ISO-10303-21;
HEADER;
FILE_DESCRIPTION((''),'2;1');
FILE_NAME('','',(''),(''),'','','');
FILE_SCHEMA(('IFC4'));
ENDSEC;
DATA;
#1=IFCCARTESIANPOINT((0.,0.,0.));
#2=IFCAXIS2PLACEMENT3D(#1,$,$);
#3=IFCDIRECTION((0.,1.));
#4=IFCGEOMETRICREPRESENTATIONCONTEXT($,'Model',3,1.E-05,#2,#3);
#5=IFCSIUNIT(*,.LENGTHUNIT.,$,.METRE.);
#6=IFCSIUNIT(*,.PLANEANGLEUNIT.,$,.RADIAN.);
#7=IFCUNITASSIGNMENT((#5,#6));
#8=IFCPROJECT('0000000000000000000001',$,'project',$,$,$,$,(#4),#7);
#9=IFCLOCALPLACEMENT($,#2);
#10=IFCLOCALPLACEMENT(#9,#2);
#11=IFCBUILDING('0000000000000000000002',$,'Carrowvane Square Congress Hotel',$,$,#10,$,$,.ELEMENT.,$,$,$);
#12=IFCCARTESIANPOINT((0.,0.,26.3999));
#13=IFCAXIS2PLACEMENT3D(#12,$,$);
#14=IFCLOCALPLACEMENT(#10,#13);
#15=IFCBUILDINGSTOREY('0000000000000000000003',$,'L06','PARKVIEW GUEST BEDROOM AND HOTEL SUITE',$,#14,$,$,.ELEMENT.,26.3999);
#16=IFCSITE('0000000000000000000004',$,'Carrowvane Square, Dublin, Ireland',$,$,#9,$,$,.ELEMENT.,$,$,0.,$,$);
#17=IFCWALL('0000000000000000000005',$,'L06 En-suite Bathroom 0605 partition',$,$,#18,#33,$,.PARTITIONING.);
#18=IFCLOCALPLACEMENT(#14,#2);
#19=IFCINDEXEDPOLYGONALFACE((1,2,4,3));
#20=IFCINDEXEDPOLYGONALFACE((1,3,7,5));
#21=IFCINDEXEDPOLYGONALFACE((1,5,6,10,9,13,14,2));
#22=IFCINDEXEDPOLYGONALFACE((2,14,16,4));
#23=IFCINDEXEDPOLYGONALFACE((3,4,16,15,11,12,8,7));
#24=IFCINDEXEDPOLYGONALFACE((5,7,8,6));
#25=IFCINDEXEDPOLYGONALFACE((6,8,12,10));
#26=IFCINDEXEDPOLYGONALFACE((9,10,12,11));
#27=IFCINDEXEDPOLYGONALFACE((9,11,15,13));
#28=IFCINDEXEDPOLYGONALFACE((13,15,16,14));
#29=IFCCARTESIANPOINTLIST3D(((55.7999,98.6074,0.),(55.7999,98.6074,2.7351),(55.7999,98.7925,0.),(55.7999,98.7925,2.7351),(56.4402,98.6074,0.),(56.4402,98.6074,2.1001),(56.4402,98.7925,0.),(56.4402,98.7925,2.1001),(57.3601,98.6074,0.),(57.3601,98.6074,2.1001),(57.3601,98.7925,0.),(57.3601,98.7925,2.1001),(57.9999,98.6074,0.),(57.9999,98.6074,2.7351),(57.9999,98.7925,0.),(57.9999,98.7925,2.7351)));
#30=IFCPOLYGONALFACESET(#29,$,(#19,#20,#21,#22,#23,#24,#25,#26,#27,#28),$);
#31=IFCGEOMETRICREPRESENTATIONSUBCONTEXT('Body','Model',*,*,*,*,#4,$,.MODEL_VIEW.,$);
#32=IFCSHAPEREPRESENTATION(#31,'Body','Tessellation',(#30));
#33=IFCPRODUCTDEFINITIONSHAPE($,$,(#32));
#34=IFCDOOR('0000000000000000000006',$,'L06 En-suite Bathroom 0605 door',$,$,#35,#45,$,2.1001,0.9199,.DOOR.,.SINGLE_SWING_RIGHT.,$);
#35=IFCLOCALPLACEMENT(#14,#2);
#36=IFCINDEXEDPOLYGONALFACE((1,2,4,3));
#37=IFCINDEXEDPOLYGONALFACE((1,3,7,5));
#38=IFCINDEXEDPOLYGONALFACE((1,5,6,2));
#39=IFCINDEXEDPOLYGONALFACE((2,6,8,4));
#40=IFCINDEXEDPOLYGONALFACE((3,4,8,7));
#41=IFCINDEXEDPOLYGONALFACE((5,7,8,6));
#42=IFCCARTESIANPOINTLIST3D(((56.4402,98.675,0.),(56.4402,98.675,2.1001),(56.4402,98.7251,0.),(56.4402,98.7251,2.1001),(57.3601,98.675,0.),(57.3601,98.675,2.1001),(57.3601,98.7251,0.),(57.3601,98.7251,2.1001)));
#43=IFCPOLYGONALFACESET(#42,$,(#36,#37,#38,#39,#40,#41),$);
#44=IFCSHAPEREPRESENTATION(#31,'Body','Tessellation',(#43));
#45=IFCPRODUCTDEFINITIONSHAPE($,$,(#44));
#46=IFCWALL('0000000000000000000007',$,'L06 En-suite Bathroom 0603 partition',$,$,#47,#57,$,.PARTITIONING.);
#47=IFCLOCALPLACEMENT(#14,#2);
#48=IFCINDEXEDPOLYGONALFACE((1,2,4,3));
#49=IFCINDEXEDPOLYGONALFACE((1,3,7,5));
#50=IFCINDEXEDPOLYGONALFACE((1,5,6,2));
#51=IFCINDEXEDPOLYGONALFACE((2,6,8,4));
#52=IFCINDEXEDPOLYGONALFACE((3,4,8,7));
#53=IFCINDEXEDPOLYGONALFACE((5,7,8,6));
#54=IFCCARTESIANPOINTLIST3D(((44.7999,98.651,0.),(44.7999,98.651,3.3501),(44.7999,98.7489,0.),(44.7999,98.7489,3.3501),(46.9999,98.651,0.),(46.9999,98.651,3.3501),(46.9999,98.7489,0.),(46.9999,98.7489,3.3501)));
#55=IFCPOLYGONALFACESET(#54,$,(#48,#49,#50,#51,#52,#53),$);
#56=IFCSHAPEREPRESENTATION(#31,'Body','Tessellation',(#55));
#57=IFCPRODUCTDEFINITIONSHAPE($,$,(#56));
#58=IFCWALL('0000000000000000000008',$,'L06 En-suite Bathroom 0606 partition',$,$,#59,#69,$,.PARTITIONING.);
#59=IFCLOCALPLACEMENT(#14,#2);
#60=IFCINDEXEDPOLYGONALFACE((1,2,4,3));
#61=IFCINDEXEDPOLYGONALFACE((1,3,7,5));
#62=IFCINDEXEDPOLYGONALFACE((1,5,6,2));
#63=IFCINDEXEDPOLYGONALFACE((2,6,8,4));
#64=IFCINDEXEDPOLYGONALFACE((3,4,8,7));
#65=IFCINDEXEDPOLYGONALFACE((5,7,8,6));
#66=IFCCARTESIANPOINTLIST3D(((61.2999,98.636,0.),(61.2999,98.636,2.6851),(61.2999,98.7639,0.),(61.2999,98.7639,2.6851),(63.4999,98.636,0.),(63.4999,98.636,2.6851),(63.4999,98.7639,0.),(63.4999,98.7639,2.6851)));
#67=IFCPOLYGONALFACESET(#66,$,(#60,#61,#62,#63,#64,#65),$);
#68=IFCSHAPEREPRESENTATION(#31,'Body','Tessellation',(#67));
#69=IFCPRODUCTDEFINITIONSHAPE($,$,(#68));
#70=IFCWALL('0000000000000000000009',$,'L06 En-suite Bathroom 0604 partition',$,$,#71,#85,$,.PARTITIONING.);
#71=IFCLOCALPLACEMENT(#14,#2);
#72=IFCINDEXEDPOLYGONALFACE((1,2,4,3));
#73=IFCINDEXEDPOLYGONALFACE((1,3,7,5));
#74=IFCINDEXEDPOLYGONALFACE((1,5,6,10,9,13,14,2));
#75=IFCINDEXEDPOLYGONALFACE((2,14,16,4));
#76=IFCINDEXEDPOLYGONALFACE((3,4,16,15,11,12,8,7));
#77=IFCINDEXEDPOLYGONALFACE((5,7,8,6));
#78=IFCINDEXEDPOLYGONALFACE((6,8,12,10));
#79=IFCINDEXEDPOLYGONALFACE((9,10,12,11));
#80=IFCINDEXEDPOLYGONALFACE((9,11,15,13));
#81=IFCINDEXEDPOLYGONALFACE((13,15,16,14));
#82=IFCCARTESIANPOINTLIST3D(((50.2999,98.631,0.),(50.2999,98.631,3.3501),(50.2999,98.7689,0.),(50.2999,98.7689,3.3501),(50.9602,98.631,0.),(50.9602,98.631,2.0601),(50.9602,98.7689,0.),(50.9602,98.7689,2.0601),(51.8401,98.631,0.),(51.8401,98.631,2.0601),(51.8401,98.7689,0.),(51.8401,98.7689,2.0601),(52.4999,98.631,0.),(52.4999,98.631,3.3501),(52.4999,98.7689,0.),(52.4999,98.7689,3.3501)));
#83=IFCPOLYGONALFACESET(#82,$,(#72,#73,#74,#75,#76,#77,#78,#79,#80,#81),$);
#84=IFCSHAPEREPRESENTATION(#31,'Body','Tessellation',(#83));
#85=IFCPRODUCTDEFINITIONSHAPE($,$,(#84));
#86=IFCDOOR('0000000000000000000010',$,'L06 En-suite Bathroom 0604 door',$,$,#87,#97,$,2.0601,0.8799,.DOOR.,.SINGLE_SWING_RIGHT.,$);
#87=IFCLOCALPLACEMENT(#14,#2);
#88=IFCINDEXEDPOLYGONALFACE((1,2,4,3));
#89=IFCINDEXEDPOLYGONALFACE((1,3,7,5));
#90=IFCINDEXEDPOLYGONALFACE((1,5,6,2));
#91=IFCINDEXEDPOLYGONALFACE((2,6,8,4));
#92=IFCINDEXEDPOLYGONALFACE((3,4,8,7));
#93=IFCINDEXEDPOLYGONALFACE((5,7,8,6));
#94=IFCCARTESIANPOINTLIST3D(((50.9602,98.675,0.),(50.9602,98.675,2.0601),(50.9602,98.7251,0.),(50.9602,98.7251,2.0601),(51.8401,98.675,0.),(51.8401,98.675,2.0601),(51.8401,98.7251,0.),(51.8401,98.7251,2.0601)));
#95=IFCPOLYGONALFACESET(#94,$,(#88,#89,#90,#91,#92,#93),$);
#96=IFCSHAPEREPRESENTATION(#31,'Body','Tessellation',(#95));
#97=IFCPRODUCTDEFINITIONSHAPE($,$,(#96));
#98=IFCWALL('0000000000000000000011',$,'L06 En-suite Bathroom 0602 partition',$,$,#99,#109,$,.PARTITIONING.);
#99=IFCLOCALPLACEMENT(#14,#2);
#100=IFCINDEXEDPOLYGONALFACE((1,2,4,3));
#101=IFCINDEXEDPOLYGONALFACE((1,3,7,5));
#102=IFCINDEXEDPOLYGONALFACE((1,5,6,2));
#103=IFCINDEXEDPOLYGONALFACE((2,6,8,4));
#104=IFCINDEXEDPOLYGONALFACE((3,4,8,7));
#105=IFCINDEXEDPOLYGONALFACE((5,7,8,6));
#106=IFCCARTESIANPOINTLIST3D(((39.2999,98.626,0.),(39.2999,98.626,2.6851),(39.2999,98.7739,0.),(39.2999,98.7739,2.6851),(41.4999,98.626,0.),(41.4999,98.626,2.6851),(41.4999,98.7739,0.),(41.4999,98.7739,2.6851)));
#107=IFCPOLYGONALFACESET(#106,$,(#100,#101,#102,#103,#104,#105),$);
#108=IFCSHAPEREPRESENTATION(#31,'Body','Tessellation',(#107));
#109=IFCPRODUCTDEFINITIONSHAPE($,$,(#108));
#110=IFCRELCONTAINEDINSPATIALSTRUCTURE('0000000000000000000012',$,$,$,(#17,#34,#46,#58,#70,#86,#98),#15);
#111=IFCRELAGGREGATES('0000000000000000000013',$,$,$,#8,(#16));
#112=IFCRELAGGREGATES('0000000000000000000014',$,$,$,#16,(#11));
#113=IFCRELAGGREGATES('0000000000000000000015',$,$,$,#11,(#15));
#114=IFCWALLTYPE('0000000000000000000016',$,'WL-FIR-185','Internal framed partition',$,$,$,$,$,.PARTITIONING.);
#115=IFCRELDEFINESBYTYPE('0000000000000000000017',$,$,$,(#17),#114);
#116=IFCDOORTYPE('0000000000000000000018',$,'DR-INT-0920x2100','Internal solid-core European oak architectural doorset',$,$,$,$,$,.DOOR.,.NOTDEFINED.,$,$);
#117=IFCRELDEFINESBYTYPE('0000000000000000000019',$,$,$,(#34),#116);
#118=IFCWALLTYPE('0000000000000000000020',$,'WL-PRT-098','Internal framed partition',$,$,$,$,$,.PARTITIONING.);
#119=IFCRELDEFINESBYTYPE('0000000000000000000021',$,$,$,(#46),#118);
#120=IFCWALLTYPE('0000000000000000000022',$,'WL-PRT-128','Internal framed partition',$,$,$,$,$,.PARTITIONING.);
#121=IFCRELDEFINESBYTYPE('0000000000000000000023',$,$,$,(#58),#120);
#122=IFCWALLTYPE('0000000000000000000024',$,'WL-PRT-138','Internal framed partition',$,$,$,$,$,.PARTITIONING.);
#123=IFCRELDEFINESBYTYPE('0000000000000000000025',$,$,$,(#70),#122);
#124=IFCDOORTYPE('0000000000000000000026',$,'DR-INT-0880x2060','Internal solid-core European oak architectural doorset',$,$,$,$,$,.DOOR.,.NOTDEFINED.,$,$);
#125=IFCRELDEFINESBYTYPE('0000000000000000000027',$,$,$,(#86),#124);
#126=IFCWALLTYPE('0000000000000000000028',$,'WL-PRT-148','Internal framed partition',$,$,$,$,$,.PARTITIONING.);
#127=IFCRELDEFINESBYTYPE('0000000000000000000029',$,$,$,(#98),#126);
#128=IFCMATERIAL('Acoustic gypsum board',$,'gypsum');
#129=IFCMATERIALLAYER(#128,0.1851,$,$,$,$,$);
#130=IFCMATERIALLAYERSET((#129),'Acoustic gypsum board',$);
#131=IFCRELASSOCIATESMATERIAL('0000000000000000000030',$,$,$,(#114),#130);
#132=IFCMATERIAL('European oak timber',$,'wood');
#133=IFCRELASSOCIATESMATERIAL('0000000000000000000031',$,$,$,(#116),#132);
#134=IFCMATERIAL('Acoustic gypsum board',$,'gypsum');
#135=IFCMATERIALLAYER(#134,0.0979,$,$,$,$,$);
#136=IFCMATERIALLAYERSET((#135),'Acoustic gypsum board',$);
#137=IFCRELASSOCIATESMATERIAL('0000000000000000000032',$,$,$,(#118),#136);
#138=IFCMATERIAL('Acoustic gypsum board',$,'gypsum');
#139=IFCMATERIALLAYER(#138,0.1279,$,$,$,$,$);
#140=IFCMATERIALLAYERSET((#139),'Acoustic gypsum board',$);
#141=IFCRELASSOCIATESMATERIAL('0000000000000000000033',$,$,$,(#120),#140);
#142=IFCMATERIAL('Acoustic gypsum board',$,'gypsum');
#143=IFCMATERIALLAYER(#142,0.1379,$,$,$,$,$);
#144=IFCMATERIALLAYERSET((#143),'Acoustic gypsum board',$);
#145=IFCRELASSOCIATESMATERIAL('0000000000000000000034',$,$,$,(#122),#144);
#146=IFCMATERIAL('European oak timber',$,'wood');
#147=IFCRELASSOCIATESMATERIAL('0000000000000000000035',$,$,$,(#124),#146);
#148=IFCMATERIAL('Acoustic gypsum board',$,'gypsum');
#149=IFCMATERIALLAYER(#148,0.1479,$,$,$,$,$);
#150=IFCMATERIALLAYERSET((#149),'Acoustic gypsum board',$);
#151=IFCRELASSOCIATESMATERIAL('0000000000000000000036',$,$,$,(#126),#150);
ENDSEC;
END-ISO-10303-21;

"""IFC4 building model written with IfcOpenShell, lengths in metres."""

from ifc_helpers import new_model, si_unit, direction, frame, frame_2d, origin, place, context, subcontext, project, spatial, rectangle, extrude, material, layer, layer_set, type_object, element, fill, save


model = new_model("IFC4")

# Units and contexts
model_context = context("Model", 3, precision=1e-05, world=origin(), true_north=direction((0.0, 1.0)))
body_context = subcontext(model_context, "Body", "Model", "MODEL_VIEW")
ifc_project = project(units=[si_unit("LENGTHUNIT", "METRE"), si_unit("PLANEANGLEUNIT", "RADIAN")], contexts=[model_context])

# Site, building, storey
site_placement = place(None, origin())
site = spatial("IfcSite", under=ifc_project, at=site_placement, Name="Carrowvane Square, Dublin, Ireland", CompositionType="ELEMENT", RefElevation=0.0)
building_placement = place(site_placement, origin())
building = spatial("IfcBuilding", under=site, at=building_placement, Name="Carrowvane Square Congress Hotel", CompositionType="ELEMENT")
storey_placement = place(building_placement, frame((0.0, 0.0, 26.3999)))
storey = spatial("IfcBuildingStorey", under=building, at=storey_placement, Name="L06", Description="PARKVIEW GUEST BEDROOM AND HOTEL SUITE", CompositionType="ELEMENT", Elevation=26.3999)

# Wall, opening, door
ifc_material_1 = material(Name="Acoustic gypsum board", Category="gypsum")
ifc_layer_1 = layer(ifc_material_1, 0.1851)
ifc_layer_set_1 = layer_set([ifc_layer_1], Name="Acoustic gypsum board")
wall_type_1 = type_object("IfcWallType", Name="WL-FIR-185", Description="Internal framed partition", PredefinedType="PARTITIONING", material=ifc_layer_set_1)
wall_1_placement = place(storey_placement, frame((58.0, 98.7, 0.0), z_axis=(0.0, 0.0, 1.0), x_axis=(-1.0, 0.0, 0.0)))
wall_1 = element("IfcWall", 1, at=wall_1_placement, inside=storey, type_object=wall_type_1, Name="L06 En-suite Bathroom 0605 partition", PredefinedType="PARTITIONING", context=body_context, shape_type="SweptSolid", body=[
    extrude(rectangle(XDim=2.2, YDim=0.1851, at=frame_2d((1.1001, 0.0))), origin(), (0.0, 0.0, 1.0), 2.7351),
])
opening_1_placement = place(wall_1_placement, frame((0.6399, 0.0, 0.0)))
opening_1 = element("IfcOpeningElement", 2, at=opening_1_placement, cuts=wall_1, PredefinedType="OPENING", context=body_context, shape_type="SweptSolid", body=[
    extrude(rectangle(XDim=0.9199, YDim=2.1001, at=frame_2d((0.46, 1.05))), frame((0.0, 0.1025, 0.0), z_axis=(0.0, -1.0, 0.0), x_axis=(1.0, 0.0, 0.0)), (0.0, 0.0, 1.0), 0.2051),
])
ifc_material_2 = material(Name="European oak timber", Category="wood")
door_type_1 = type_object("IfcDoorType", Name="DR-INT-0920x2100", Description="Internal solid-core European oak architectural doorset", OperationType="NOTDEFINED", PredefinedType="DOOR", material=ifc_material_2)
door_1_placement = place(opening_1_placement, origin())
door_1 = element("IfcDoor", 3, at=door_1_placement, inside=storey, type_object=door_type_1, Name="L06 En-suite Bathroom 0605 door", OperationType="SINGLE_SWING_RIGHT", OverallHeight=2.1001, OverallWidth=0.9199, PredefinedType="DOOR", context=body_context, shape_type="SweptSolid", body=[
    extrude(rectangle(XDim=0.9199, YDim=2.1001, at=frame_2d((0.46, 1.05))), frame((0.0, 0.0249, 0.0), z_axis=(0.0, -1.0, 0.0), x_axis=(1.0, 0.0, 0.0)), (0.0, 0.0, 1.0), 0.05),
])
fill(opening_1, door_1)

# Walls
ifc_material_3 = material(Name="Acoustic gypsum board", Category="gypsum")
ifc_layer_2 = layer(ifc_material_3, 0.0979)
ifc_layer_set_2 = layer_set([ifc_layer_2], Name="Acoustic gypsum board")
wall_type_2 = type_object("IfcWallType", Name="WL-PRT-098", Description="Internal framed partition", PredefinedType="PARTITIONING", material=ifc_layer_set_2)
wall_2_placement = place(storey_placement, frame((47.0, 98.7, 0.0), z_axis=(0.0, 0.0, 1.0), x_axis=(-1.0, 0.0, 0.0)))
element("IfcWall", 4, at=wall_2_placement, inside=storey, type_object=wall_type_2, Name="L06 En-suite Bathroom 0603 partition", PredefinedType="PARTITIONING", context=body_context, shape_type="SweptSolid", body=[
    extrude(rectangle(XDim=2.2, YDim=0.0979, at=frame_2d((1.1001, 0.0))), origin(), (0.0, 0.0, 1.0), 3.3501),
])
ifc_material_4 = material(Name="Acoustic gypsum board", Category="gypsum")
ifc_layer_3 = layer(ifc_material_4, 0.1279)
ifc_layer_set_3 = layer_set([ifc_layer_3], Name="Acoustic gypsum board")
wall_type_3 = type_object("IfcWallType", Name="WL-PRT-128", Description="Internal framed partition", PredefinedType="PARTITIONING", material=ifc_layer_set_3)
wall_3_placement = place(storey_placement, frame((63.5, 98.7, 0.0), z_axis=(0.0, 0.0, 1.0), x_axis=(-1.0, 0.0, 0.0)))
element("IfcWall", 5, at=wall_3_placement, inside=storey, type_object=wall_type_3, Name="L06 En-suite Bathroom 0606 partition", PredefinedType="PARTITIONING", context=body_context, shape_type="SweptSolid", body=[
    extrude(rectangle(XDim=2.2, YDim=0.1279, at=frame_2d((1.1001, 0.0))), origin(), (0.0, 0.0, 1.0), 2.6851),
])

# Wall, opening, door
ifc_material_5 = material(Name="Acoustic gypsum board", Category="gypsum")
ifc_layer_4 = layer(ifc_material_5, 0.1379)
ifc_layer_set_4 = layer_set([ifc_layer_4], Name="Acoustic gypsum board")
wall_type_4 = type_object("IfcWallType", Name="WL-PRT-138", Description="Internal framed partition", PredefinedType="PARTITIONING", material=ifc_layer_set_4)
wall_4_placement = place(storey_placement, frame((52.5, 98.7, 0.0), z_axis=(0.0, 0.0, 1.0), x_axis=(-1.0, 0.0, 0.0)))
wall_4 = element("IfcWall", 6, at=wall_4_placement, inside=storey, type_object=wall_type_4, Name="L06 En-suite Bathroom 0604 partition", PredefinedType="PARTITIONING", context=body_context, shape_type="SweptSolid", body=[
    extrude(rectangle(XDim=2.2, YDim=0.1379, at=frame_2d((1.1001, 0.0))), origin(), (0.0, 0.0, 1.0), 3.3501),
])
opening_2_placement = place(wall_4_placement, frame((0.6599, 0.0, 0.0)))
opening_2 = element("IfcOpeningElement", 7, at=opening_2_placement, cuts=wall_4, PredefinedType="OPENING", context=body_context, shape_type="SweptSolid", body=[
    extrude(rectangle(XDim=0.8799, YDim=2.0601, at=frame_2d((0.4399, 1.03))), frame((0.0, 0.0789, 0.0), z_axis=(0.0, -1.0, 0.0), x_axis=(1.0, 0.0, 0.0)), (0.0, 0.0, 1.0), 0.158),
])
ifc_material_6 = material(Name="European oak timber", Category="wood")
door_type_2 = type_object("IfcDoorType", Name="DR-INT-0880x2060", Description="Internal solid-core European oak architectural doorset", OperationType="NOTDEFINED", PredefinedType="DOOR", material=ifc_material_6)
door_2_placement = place(opening_2_placement, origin())
door_2 = element("IfcDoor", 8, at=door_2_placement, inside=storey, type_object=door_type_2, Name="L06 En-suite Bathroom 0604 door", OperationType="SINGLE_SWING_RIGHT", OverallHeight=2.0601, OverallWidth=0.8799, PredefinedType="DOOR", context=body_context, shape_type="SweptSolid", body=[
    extrude(rectangle(XDim=0.8799, YDim=2.0601, at=frame_2d((0.4399, 1.03))), frame((0.0, 0.0249, 0.0), z_axis=(0.0, -1.0, 0.0), x_axis=(1.0, 0.0, 0.0)), (0.0, 0.0, 1.0), 0.05),
])
fill(opening_2, door_2)

# Wall
ifc_material_7 = material(Name="Acoustic gypsum board", Category="gypsum")
ifc_layer_5 = layer(ifc_material_7, 0.1479)
ifc_layer_set_5 = layer_set([ifc_layer_5], Name="Acoustic gypsum board")
wall_type_5 = type_object("IfcWallType", Name="WL-PRT-148", Description="Internal framed partition", PredefinedType="PARTITIONING", material=ifc_layer_set_5)
wall_5_placement = place(storey_placement, frame((41.5, 98.7, 0.0), z_axis=(0.0, 0.0, 1.0), x_axis=(-1.0, 0.0, 0.0)))
element("IfcWall", 9, at=wall_5_placement, inside=storey, type_object=wall_type_5, Name="L06 En-suite Bathroom 0602 partition", PredefinedType="PARTITIONING", context=body_context, shape_type="SweptSolid", body=[
    extrude(rectangle(XDim=2.2, YDim=0.1479, at=frame_2d((1.1001, 0.0))), origin(), (0.0, 0.0, 1.0), 2.6851),
])

save(model, "model.ifc")
